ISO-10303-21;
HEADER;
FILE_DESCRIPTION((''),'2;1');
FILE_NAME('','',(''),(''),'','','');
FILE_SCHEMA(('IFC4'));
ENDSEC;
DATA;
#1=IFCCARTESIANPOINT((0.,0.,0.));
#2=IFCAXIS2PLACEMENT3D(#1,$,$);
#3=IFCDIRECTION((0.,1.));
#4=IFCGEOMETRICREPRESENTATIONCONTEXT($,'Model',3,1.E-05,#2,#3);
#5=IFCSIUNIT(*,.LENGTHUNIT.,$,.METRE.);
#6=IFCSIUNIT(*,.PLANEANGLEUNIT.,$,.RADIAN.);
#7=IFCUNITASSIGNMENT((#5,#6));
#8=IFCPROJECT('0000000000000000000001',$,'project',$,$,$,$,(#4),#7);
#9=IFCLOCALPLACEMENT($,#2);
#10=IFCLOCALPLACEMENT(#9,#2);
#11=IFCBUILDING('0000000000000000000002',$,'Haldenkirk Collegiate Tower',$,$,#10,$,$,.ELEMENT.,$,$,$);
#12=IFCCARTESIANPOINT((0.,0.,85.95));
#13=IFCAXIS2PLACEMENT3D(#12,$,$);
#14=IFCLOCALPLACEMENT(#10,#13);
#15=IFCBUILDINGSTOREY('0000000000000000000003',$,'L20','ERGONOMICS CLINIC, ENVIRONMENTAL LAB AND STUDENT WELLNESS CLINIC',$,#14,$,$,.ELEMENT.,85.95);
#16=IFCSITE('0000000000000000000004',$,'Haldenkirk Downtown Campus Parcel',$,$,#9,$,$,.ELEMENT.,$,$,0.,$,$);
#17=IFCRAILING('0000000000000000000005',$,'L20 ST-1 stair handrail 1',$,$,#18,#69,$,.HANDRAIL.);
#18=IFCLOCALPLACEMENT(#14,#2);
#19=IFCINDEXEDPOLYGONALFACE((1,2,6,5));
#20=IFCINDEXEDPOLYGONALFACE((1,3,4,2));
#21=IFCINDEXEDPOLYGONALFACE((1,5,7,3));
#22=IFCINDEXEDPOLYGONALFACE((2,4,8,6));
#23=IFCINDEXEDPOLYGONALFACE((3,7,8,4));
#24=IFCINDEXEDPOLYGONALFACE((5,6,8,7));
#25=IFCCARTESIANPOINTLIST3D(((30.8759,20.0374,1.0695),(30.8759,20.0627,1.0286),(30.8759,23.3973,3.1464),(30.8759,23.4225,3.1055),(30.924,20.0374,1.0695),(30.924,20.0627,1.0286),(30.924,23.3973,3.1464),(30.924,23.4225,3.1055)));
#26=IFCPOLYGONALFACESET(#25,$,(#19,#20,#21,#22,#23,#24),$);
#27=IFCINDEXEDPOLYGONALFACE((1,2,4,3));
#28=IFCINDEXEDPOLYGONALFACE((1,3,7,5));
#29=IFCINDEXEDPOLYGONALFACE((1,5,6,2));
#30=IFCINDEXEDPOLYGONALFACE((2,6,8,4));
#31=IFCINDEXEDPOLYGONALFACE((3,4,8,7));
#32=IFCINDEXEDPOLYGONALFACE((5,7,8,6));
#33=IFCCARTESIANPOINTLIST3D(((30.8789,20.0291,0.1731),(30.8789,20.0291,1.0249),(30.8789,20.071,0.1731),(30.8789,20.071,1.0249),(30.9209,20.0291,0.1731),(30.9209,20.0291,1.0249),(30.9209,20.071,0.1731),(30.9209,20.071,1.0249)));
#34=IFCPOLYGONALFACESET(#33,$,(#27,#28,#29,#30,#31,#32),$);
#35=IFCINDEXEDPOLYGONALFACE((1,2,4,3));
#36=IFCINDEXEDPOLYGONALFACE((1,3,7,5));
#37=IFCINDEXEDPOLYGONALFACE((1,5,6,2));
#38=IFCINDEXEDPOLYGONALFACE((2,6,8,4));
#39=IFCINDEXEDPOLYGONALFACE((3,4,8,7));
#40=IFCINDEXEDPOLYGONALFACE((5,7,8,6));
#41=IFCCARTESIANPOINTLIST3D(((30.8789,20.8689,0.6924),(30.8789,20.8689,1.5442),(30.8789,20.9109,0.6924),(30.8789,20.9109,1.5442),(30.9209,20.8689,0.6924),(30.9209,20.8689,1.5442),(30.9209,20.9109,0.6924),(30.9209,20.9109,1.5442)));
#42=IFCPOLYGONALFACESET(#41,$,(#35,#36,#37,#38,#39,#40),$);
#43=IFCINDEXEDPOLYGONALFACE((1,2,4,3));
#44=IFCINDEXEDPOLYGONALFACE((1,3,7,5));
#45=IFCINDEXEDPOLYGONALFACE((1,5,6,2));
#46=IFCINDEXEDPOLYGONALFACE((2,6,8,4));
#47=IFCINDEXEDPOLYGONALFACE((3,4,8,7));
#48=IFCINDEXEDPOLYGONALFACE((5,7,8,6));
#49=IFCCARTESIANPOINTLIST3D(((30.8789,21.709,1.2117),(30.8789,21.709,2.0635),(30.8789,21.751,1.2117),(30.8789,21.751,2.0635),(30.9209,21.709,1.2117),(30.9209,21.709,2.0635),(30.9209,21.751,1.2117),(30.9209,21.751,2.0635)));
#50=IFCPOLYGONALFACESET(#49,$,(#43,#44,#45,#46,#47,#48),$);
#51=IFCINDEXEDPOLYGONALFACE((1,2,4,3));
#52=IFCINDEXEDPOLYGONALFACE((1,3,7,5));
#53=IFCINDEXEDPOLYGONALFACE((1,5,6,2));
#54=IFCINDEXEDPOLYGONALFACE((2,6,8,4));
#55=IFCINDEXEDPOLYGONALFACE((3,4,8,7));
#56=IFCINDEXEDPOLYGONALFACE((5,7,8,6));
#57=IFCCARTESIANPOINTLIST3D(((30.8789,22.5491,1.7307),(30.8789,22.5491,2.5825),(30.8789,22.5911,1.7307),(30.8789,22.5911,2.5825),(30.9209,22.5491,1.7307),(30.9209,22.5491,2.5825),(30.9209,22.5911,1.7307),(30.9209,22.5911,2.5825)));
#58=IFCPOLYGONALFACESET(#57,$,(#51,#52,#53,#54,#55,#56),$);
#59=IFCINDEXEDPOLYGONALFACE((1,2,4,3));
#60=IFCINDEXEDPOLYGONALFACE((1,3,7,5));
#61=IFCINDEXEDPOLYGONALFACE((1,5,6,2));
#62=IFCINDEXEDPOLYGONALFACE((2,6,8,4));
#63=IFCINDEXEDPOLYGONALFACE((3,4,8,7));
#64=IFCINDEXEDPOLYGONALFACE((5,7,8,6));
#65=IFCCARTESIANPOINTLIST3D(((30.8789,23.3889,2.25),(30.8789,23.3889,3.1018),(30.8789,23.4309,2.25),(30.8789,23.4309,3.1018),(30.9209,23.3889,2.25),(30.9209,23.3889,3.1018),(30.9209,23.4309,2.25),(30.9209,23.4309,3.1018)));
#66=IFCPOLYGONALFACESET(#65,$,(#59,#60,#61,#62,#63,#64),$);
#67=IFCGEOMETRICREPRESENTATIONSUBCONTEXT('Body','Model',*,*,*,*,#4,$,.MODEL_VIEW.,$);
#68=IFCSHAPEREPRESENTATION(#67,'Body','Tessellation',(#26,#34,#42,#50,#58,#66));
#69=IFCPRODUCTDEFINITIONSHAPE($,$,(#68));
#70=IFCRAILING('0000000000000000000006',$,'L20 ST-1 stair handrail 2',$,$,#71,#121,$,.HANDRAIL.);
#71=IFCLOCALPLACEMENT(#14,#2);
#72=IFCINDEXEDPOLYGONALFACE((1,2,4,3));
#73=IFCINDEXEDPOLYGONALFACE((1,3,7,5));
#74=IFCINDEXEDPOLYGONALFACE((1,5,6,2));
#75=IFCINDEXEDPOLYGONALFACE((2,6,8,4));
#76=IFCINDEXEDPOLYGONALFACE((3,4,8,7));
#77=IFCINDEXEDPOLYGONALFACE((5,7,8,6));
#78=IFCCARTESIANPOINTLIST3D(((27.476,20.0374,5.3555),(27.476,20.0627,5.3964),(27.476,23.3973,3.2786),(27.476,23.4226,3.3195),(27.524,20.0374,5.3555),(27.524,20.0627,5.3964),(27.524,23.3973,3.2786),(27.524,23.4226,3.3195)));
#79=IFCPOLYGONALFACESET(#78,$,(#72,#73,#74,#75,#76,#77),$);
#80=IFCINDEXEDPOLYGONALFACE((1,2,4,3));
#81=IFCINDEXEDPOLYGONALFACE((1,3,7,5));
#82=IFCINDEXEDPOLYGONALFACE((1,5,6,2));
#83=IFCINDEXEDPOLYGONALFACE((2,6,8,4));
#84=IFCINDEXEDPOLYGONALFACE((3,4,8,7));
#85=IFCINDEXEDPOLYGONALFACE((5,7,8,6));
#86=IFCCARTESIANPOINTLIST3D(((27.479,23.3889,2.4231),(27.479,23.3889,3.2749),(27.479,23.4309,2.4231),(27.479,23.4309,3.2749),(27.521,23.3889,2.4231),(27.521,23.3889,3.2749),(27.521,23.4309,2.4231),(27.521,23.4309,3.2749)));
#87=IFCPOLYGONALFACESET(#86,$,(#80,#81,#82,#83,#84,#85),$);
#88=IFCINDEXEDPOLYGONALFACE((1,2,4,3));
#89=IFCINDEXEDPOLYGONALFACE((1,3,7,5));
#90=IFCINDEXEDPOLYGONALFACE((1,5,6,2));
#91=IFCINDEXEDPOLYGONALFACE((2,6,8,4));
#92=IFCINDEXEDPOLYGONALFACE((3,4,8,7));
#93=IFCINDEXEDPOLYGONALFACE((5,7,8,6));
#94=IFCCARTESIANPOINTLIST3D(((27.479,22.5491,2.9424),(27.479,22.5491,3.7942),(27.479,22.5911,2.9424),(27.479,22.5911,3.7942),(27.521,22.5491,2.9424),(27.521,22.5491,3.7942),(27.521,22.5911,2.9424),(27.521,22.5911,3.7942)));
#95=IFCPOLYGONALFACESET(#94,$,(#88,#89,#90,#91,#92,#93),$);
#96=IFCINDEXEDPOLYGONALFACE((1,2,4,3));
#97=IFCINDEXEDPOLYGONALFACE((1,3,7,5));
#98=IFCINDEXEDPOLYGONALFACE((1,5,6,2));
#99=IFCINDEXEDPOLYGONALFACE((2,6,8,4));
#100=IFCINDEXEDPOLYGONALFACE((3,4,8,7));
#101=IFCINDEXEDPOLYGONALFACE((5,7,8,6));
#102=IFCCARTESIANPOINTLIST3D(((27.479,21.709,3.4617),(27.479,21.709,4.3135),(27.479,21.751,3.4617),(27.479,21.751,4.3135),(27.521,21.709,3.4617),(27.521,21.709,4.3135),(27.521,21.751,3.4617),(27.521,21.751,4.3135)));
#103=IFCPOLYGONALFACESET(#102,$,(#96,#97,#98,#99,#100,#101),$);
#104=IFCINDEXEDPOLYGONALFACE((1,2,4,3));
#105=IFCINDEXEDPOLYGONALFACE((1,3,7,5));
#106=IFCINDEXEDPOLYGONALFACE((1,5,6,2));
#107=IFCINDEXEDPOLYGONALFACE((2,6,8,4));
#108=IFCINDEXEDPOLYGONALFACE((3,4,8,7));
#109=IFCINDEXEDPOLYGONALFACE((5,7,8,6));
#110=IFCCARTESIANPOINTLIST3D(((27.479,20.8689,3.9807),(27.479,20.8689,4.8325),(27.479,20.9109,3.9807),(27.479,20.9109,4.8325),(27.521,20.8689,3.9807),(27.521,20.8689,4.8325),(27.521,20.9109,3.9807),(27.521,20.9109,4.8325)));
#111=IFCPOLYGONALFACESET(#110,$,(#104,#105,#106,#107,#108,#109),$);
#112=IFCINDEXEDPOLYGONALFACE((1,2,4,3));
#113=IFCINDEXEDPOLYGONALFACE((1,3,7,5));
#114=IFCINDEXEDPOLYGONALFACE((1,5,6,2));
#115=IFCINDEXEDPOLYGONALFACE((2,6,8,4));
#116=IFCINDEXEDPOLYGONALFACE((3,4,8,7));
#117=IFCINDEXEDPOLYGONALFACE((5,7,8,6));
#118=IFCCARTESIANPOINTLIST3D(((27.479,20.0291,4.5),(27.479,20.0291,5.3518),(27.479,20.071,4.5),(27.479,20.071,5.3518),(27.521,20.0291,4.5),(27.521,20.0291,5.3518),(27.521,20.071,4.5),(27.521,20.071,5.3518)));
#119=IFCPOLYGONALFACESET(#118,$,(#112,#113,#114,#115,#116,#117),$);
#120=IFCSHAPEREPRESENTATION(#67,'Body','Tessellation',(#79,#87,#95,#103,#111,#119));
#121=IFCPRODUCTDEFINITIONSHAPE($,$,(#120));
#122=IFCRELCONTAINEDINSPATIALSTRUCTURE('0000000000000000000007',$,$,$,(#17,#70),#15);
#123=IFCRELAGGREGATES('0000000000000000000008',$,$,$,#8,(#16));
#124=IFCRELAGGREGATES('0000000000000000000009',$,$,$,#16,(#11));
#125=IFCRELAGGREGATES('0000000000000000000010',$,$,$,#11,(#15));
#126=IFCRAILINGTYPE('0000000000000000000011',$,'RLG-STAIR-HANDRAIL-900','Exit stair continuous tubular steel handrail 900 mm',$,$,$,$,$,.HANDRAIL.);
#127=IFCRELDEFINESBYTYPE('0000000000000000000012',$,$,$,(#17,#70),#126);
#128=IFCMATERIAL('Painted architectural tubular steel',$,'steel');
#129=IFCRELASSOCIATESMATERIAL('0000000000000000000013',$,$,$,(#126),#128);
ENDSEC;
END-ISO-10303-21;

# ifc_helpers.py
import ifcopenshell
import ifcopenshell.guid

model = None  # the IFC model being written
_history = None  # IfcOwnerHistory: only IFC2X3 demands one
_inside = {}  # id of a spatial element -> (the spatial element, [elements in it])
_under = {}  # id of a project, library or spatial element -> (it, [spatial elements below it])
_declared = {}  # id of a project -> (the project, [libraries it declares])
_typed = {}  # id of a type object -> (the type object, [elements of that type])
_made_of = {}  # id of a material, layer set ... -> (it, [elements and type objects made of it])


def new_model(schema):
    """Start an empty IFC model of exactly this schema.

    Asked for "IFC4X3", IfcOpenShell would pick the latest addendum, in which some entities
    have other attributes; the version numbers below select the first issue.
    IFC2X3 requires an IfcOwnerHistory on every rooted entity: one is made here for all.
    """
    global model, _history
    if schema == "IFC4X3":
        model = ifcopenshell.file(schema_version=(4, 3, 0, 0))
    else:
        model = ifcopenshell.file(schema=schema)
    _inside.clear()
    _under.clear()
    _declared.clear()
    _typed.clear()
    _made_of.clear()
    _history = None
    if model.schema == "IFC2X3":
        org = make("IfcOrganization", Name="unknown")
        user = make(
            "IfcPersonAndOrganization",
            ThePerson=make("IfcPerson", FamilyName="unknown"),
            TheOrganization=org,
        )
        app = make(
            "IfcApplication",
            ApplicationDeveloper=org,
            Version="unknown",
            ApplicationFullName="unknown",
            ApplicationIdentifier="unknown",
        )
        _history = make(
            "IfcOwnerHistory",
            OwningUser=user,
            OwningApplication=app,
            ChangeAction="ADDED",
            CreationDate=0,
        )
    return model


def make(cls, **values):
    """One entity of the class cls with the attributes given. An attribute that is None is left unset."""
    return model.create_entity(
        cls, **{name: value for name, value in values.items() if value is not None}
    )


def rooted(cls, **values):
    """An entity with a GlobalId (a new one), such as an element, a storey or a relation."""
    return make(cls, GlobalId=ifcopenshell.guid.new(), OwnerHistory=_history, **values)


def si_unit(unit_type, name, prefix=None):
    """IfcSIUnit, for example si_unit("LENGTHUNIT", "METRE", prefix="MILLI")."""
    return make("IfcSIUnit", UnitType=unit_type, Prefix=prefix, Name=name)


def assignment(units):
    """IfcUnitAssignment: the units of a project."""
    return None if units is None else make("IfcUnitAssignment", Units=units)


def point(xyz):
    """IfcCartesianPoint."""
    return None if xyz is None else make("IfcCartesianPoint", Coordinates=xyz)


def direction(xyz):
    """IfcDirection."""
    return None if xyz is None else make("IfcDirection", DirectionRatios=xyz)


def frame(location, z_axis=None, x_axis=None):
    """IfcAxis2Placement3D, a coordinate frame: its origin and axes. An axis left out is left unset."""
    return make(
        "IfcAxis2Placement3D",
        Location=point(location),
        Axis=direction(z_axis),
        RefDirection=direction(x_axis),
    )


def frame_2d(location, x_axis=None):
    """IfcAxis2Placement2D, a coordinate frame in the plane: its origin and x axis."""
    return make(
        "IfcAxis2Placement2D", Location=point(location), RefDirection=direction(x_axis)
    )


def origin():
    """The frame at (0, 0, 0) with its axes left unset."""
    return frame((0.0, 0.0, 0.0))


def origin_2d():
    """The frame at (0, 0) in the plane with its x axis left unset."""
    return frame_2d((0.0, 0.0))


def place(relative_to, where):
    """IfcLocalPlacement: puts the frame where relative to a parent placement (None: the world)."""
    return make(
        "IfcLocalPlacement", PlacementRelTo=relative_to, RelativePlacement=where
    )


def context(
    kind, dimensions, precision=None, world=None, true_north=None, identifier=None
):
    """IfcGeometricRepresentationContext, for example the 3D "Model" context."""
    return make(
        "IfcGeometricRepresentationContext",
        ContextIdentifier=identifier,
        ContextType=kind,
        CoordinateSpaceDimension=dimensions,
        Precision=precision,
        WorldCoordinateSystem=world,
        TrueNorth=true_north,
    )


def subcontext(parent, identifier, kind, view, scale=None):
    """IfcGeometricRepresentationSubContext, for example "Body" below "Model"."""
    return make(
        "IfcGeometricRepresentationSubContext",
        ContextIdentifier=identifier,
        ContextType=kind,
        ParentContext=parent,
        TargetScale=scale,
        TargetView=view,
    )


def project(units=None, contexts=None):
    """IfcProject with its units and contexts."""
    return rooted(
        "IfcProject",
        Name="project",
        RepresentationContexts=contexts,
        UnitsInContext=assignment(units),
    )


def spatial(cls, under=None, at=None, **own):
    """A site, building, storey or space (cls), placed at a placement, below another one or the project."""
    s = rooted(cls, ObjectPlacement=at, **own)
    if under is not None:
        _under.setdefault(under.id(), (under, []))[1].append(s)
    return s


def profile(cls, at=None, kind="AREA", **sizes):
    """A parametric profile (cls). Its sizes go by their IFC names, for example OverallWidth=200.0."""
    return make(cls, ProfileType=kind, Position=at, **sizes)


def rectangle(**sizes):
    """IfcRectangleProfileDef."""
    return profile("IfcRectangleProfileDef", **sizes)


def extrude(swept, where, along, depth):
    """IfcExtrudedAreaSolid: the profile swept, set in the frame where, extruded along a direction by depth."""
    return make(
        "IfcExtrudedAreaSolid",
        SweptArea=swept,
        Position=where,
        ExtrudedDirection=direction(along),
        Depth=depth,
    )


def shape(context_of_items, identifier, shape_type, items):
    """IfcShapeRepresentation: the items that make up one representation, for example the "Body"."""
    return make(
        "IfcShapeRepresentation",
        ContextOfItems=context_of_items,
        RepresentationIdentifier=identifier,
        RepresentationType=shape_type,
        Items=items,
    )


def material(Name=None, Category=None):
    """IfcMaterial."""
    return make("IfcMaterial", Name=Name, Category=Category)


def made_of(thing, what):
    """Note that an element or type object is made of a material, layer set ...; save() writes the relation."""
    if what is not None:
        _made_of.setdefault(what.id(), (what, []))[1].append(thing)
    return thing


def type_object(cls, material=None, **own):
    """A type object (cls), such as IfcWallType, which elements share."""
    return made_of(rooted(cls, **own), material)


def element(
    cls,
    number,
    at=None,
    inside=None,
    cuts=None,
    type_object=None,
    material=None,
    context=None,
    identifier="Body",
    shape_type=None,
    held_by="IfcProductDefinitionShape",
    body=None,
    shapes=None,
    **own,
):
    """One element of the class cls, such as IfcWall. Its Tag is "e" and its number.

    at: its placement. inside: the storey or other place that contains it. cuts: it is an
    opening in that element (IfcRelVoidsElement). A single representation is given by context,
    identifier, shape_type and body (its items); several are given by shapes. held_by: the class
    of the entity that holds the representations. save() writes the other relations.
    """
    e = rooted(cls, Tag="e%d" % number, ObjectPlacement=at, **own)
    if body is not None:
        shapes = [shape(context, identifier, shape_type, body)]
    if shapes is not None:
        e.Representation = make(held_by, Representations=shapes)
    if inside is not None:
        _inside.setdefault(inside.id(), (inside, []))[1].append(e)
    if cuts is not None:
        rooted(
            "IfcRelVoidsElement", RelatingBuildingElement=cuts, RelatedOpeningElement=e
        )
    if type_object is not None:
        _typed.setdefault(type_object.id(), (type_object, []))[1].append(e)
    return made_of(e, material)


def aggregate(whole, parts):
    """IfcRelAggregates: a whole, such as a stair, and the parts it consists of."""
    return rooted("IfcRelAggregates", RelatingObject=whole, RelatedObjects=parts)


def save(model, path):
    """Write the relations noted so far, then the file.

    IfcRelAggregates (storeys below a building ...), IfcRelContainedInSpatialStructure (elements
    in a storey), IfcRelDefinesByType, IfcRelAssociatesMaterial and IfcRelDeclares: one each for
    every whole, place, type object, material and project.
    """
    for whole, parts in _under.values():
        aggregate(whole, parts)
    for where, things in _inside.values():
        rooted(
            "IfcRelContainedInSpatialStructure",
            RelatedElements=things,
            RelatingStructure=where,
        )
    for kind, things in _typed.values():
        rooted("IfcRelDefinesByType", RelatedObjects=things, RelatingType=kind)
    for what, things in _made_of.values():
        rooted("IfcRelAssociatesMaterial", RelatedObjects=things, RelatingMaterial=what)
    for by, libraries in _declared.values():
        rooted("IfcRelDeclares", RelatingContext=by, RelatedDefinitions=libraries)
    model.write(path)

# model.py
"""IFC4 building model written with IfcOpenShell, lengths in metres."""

from ifc_helpers import new_model, si_unit, direction, frame, origin, origin_2d, place, context, subcontext, project, spatial, rectangle, extrude, material, type_object, element, save


model = new_model("IFC4")

# Units and contexts
model_context = context("Model", 3, precision=1e-05, world=origin(), true_north=direction((0.0, 1.0)))
body_context = subcontext(model_context, "Body", "Model", "MODEL_VIEW")
ifc_project = project(units=[si_unit("LENGTHUNIT", "METRE"), si_unit("PLANEANGLEUNIT", "RADIAN")], contexts=[model_context])

# Site, building, storey
site_placement = place(None, origin())
site = spatial("IfcSite", under=ifc_project, at=site_placement, Name="Haldenkirk Downtown Campus Parcel", CompositionType="ELEMENT", RefElevation=0.0)
building_placement = place(site_placement, origin())
building = spatial("IfcBuilding", under=site, at=building_placement, Name="Haldenkirk Collegiate Tower", CompositionType="ELEMENT")
storey_placement = place(building_placement, frame((0.0, 0.0, 85.95)))
storey = spatial("IfcBuildingStorey", under=building, at=storey_placement, Name="L20", Description="ERGONOMICS CLINIC, ENVIRONMENTAL LAB AND STUDENT WELLNESS CLINIC", CompositionType="ELEMENT", Elevation=85.95)

# Railings
ifc_material_1 = material(Name="Painted architectural tubular steel", Category="steel")
railing_type_1 = type_object("IfcRailingType", Name="RLG-STAIR-HANDRAIL-900", Description="Exit stair continuous tubular steel handrail 900 mm", PredefinedType="HANDRAIL", material=ifc_material_1)
railing_1_placement = place(storey_placement, frame((30.8999, 20.05, 0.1731)))
element("IfcRailing", 1, at=railing_1_placement, inside=storey, type_object=railing_type_1, Name="L20 ST-1 stair handrail 1", PredefinedType="HANDRAIL", context=body_context, shape_type="SweptSolid", body=[
    extrude(rectangle(XDim=0.0481, YDim=0.0481, at=origin_2d()), frame((0.0, 0.0, 0.876), z_axis=(0.0, 0.850606, 0.525803), x_axis=(-1.0, 0.0, 0.0)), (0.0, 0.0, 1.0), 3.95),
    extrude(rectangle(XDim=0.042, YDim=0.042, at=origin_2d()), origin(), (0.0, 0.0, 1.0), 0.8518),
    extrude(rectangle(XDim=0.042, YDim=0.042, at=origin_2d()), frame((0.0, 0.8398, 0.5193)), (0.0, 0.0, 1.0), 0.8518),
    extrude(rectangle(XDim=0.042, YDim=0.042, at=origin_2d()), frame((0.0, 1.6799, 1.0386)), (0.0, 0.0, 1.0), 0.8518),
    extrude(rectangle(XDim=0.042, YDim=0.042, at=origin_2d()), frame((0.0, 2.52, 1.5576)), (0.0, 0.0, 1.0), 0.8518),
    extrude(rectangle(XDim=0.042, YDim=0.042, at=origin_2d()), frame((0.0, 3.3599, 2.0769)), (0.0, 0.0, 1.0), 0.8518),
])
railing_2_placement = place(storey_placement, frame((27.5, 23.4099, 2.4231)))
element("IfcRailing", 2, at=railing_2_placement, inside=storey, type_object=railing_type_1, Name="L20 ST-1 stair handrail 2", PredefinedType="HANDRAIL", context=body_context, shape_type="SweptSolid", body=[
    extrude(rectangle(XDim=0.0481, YDim=0.0481, at=origin_2d()), frame((0.0, 0.0, 0.876), z_axis=(0.0, -0.850606, 0.525803), x_axis=(1.0, 0.0, 0.0)), (0.0, 0.0, 1.0), 3.95),
    extrude(rectangle(XDim=0.042, YDim=0.042, at=origin_2d()), origin(), (0.0, 0.0, 1.0), 0.8518),
    extrude(rectangle(XDim=0.042, YDim=0.042, at=origin_2d()), frame((0.0, -0.8398, 0.5193)), (0.0, 0.0, 1.0), 0.8518),
    extrude(rectangle(XDim=0.042, YDim=0.042, at=origin_2d()), frame((0.0, -1.6799, 1.0386)), (0.0, 0.0, 1.0), 0.8518),
    extrude(rectangle(XDim=0.042, YDim=0.042, at=origin_2d()), frame((0.0, -2.52, 1.5576)), (0.0, 0.0, 1.0), 0.8518),
    extrude(rectangle(XDim=0.042, YDim=0.042, at=origin_2d()), frame((0.0, -3.3599, 2.0769)), (0.0, 0.0, 1.0), 0.8518),
])

save(model, "model.ifc")
